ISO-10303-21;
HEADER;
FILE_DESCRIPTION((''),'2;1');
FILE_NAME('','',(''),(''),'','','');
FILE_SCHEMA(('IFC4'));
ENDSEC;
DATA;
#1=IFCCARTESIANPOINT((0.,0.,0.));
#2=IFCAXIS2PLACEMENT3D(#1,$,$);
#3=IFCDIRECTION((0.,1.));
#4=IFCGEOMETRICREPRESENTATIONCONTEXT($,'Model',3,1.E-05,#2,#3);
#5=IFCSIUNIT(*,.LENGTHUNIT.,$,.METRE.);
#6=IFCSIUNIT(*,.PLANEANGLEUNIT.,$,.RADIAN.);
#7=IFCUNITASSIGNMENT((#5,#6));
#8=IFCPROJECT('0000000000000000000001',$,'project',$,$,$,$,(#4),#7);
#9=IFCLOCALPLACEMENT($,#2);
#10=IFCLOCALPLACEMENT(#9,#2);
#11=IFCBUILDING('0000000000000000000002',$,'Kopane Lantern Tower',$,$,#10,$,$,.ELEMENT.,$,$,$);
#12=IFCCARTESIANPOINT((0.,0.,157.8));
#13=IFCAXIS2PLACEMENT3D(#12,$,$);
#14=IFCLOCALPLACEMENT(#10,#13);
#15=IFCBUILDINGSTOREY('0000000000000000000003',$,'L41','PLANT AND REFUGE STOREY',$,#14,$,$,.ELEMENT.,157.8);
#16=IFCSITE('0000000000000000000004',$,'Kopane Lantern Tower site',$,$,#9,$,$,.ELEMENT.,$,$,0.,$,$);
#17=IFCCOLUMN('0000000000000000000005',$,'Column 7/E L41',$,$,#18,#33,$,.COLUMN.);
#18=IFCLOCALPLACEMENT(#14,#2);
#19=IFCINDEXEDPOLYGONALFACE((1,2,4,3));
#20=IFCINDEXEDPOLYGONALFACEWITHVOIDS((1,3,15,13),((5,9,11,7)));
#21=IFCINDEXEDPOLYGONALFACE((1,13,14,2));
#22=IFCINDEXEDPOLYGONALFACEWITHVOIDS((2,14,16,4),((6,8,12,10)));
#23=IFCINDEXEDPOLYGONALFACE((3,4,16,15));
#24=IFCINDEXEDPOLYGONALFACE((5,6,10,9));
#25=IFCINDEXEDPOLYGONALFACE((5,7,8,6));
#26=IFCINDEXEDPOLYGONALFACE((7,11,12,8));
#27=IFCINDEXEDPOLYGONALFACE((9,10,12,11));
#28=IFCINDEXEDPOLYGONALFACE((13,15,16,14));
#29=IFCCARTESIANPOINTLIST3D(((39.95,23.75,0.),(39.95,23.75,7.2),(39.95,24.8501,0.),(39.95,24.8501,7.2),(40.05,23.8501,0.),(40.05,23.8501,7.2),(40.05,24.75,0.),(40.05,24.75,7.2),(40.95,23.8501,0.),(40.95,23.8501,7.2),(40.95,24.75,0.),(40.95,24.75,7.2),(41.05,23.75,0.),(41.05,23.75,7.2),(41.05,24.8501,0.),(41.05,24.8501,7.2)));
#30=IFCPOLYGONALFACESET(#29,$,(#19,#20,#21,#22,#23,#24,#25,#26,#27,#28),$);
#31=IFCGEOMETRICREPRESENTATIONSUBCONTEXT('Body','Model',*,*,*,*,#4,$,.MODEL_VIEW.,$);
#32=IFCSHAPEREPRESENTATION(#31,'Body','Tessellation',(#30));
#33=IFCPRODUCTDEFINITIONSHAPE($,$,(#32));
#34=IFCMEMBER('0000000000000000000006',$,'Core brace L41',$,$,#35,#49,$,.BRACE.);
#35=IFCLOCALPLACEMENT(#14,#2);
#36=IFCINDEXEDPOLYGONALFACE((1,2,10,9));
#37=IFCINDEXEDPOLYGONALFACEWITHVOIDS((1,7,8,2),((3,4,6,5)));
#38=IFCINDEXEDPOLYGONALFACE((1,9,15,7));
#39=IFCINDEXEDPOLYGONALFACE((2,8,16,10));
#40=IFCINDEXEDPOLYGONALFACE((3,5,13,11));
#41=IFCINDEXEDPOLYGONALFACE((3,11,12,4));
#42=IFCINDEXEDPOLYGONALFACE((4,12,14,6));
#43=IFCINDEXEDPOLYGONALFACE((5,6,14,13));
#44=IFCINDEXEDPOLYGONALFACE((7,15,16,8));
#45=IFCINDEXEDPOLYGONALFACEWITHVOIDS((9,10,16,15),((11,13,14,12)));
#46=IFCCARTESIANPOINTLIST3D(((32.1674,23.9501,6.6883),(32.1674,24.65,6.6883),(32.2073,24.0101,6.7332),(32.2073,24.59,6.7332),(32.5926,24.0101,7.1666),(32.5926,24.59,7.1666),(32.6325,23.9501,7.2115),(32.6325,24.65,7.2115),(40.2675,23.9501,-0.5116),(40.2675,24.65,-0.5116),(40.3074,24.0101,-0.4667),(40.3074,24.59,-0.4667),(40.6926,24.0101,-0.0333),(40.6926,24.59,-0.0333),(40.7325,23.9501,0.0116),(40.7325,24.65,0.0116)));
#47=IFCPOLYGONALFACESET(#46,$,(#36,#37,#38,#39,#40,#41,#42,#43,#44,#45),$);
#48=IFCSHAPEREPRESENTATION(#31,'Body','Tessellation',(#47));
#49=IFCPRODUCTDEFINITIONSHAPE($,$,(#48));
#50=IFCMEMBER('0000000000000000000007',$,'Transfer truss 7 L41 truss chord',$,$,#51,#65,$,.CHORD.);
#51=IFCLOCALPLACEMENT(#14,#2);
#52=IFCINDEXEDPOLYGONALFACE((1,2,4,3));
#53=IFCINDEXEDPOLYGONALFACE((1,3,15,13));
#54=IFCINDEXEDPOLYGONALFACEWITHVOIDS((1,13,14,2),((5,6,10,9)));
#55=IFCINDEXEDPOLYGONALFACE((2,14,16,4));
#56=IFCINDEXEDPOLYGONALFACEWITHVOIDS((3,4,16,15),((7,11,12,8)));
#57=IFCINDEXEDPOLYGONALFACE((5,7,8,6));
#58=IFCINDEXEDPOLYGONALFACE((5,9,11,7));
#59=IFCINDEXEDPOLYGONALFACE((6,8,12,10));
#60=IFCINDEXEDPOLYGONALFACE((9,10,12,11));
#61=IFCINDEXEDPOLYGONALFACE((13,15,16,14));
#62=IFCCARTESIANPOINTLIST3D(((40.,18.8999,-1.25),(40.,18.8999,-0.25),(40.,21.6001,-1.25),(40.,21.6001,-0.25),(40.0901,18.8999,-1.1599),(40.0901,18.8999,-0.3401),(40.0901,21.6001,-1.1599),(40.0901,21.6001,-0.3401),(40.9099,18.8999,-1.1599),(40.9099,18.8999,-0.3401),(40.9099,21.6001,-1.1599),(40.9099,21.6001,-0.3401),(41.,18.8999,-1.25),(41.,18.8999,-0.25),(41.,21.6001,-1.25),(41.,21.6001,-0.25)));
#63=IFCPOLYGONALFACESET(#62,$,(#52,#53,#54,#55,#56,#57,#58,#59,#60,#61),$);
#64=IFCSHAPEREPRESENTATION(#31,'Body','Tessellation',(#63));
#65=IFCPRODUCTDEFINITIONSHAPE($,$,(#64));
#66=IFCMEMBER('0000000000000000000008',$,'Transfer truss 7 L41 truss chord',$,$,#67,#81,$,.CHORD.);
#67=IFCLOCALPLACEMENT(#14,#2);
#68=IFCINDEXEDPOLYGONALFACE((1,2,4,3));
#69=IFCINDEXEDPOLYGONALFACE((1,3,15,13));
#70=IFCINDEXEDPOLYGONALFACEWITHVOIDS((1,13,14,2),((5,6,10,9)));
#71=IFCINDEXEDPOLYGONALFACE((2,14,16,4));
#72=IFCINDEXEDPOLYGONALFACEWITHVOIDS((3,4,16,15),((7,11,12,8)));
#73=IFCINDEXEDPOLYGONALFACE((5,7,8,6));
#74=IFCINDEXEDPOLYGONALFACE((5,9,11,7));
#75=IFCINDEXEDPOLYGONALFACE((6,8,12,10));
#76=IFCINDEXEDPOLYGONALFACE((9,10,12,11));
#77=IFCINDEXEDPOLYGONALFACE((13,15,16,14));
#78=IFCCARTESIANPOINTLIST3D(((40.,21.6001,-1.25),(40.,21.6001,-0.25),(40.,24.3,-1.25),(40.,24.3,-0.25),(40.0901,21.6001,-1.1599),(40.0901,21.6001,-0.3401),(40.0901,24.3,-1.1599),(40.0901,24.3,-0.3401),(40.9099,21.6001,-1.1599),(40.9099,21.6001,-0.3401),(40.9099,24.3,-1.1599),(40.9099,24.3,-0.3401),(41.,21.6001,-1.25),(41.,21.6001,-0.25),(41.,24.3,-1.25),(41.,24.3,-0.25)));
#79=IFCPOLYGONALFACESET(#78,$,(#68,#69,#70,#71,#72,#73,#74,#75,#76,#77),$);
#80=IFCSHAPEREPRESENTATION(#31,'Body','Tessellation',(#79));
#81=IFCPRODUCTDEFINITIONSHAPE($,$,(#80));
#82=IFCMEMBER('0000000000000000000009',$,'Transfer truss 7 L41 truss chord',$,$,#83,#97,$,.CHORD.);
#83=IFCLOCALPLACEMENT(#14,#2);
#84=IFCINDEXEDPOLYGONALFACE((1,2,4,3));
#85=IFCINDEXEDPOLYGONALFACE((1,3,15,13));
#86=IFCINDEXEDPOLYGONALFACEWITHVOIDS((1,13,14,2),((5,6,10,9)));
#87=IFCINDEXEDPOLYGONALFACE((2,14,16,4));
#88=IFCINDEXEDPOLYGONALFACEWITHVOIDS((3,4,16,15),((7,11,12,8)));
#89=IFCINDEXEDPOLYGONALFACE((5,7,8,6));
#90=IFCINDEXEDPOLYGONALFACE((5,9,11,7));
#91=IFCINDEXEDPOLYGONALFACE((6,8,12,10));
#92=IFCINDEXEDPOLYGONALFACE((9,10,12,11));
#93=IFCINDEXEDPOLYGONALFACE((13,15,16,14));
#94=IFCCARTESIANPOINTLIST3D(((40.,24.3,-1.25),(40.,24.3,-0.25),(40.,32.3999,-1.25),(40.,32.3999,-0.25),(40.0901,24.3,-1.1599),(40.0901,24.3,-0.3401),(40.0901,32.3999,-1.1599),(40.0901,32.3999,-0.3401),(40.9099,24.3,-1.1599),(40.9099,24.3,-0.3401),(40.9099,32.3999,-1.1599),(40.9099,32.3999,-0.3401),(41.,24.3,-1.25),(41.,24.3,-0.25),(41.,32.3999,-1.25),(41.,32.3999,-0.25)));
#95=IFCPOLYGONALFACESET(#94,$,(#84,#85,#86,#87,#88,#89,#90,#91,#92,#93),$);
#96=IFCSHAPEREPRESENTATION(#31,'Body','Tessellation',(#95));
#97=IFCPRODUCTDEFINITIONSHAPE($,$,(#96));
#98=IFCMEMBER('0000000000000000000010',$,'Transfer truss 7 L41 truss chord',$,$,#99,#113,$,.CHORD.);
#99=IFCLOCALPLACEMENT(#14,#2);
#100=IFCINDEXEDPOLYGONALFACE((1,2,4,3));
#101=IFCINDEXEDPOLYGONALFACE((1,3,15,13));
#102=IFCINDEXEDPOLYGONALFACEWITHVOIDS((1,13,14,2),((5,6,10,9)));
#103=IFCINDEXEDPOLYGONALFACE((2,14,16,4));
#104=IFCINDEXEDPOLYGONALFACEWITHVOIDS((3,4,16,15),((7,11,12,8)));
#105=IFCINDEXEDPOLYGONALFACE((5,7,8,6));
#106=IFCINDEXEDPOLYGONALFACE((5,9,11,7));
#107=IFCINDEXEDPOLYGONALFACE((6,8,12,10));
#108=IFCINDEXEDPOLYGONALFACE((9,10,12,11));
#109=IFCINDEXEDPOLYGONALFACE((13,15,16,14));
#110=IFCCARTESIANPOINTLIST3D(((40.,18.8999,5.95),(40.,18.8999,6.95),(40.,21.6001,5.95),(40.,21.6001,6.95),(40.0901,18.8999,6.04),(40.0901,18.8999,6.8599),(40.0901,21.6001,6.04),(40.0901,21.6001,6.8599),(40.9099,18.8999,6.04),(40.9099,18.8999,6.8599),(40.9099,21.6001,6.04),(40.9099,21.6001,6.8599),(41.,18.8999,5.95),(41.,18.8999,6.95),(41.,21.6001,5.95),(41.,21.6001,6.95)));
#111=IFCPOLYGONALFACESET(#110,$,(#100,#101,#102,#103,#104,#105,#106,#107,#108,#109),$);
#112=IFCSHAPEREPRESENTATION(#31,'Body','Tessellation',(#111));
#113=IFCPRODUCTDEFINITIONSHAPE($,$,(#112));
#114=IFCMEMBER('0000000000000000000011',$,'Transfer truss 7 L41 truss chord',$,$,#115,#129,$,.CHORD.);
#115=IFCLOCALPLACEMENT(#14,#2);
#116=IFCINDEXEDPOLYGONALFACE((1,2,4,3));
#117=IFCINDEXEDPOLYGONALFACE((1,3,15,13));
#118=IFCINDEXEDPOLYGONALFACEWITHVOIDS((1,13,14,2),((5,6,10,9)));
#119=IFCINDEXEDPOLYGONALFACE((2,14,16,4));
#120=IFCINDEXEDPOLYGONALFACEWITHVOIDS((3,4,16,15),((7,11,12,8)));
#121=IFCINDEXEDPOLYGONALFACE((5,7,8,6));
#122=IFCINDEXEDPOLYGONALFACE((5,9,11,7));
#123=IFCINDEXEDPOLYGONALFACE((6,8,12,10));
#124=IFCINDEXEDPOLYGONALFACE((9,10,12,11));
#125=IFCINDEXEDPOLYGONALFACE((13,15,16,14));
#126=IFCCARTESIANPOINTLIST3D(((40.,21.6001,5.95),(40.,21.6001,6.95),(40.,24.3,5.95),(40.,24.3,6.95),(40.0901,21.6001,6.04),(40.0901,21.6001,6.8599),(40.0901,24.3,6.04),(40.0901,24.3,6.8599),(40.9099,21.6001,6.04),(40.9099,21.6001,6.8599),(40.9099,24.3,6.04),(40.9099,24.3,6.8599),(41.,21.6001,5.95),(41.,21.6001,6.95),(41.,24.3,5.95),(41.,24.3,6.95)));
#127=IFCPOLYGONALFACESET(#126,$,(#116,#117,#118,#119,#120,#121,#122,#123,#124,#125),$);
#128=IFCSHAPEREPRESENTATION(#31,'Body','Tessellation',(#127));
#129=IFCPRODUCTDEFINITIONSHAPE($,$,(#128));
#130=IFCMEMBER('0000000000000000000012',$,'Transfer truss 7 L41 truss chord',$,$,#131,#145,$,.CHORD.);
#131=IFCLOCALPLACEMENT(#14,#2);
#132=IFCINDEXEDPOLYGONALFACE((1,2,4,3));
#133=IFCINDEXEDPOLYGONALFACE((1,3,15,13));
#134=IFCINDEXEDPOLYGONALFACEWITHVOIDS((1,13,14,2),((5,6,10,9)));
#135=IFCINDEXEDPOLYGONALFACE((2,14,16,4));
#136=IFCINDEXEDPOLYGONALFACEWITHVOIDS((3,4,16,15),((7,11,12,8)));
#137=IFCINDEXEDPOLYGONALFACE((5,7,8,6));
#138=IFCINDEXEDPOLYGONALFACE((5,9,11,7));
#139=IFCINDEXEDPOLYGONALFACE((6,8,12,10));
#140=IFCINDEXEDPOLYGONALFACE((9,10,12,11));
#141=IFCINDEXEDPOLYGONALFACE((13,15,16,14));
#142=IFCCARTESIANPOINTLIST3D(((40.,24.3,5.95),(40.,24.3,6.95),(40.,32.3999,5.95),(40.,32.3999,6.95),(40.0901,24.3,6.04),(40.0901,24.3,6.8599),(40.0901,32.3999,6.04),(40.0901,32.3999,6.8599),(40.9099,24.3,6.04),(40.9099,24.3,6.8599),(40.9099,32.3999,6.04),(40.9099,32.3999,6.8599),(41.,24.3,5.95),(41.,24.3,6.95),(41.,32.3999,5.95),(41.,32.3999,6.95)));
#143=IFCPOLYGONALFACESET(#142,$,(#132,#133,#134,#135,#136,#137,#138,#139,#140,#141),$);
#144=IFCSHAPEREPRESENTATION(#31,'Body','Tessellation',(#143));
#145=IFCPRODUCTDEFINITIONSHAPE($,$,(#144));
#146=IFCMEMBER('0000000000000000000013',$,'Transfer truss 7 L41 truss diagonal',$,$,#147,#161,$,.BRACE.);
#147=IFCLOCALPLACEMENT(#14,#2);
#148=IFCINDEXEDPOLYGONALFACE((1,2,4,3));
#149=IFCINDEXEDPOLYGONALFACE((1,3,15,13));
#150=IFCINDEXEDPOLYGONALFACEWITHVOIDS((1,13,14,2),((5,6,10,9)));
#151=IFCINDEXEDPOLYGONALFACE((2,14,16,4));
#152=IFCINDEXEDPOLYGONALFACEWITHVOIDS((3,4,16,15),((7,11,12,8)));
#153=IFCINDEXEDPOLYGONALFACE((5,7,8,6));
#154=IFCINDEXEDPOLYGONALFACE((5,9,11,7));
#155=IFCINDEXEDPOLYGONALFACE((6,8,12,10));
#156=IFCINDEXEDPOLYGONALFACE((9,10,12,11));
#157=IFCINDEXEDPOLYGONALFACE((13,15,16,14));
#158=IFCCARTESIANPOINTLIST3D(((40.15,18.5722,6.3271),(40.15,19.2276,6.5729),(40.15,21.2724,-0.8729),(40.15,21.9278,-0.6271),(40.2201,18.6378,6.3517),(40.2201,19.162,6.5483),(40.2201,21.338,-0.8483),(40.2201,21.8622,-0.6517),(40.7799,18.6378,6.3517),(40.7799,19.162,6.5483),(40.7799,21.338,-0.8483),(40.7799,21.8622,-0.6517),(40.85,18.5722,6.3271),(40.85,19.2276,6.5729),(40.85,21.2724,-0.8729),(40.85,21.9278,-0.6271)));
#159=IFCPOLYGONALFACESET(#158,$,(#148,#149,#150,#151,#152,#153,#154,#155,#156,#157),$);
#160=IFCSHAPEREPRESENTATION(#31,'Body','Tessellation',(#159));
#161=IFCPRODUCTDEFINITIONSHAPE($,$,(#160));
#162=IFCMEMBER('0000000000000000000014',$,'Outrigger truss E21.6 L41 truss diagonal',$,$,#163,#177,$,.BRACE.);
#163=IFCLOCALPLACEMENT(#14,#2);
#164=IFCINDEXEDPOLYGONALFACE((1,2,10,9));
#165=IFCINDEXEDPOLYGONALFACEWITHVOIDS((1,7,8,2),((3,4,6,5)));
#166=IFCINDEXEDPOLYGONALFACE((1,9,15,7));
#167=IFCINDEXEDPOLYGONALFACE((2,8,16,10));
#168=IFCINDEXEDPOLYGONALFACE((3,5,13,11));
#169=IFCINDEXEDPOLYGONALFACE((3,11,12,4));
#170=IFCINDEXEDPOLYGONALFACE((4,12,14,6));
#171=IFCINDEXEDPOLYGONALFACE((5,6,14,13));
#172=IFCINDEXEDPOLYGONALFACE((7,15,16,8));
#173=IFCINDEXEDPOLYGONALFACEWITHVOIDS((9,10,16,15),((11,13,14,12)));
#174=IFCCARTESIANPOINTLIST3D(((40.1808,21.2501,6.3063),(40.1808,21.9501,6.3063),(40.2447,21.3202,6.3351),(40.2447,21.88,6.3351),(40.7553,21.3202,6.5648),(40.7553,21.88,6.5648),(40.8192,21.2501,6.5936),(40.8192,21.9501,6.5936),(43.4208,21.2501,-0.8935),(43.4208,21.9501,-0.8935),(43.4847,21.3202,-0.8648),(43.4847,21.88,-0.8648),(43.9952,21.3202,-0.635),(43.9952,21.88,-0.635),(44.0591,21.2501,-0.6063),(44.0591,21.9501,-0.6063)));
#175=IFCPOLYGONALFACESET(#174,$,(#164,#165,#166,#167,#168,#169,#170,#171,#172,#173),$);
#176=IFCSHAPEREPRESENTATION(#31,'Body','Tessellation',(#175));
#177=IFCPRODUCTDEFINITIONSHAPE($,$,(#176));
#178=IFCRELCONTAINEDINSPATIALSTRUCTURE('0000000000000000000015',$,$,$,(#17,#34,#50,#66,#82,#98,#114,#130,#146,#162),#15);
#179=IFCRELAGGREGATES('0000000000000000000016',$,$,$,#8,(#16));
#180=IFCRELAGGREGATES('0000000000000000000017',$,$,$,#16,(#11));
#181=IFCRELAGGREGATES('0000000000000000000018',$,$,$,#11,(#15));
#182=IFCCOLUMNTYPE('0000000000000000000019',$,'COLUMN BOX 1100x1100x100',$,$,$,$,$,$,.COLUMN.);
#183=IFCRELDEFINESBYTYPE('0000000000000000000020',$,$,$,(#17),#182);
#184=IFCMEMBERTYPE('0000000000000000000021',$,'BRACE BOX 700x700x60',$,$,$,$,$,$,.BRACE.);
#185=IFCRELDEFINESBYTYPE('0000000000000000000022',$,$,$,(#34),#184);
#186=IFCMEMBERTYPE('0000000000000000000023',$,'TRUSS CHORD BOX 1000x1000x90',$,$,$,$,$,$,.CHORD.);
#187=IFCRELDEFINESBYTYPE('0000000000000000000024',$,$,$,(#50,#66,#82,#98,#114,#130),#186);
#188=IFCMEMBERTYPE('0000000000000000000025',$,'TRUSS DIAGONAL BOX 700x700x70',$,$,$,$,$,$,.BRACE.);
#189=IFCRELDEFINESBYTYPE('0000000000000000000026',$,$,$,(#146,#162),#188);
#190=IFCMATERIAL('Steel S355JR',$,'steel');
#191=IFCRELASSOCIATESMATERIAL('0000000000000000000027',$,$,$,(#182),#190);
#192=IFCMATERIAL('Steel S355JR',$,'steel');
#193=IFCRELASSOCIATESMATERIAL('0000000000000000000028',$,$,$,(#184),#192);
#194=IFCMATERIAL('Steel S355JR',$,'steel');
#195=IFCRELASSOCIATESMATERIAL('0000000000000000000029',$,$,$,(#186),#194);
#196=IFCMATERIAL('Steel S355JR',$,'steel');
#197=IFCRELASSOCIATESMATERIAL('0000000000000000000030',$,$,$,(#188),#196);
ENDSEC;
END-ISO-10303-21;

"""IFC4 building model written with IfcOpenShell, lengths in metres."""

from ifc_helpers import new_model, si_unit, direction, frame, origin, origin_2d, place, context, subcontext, project, spatial, hollow_rectangle, extrude, material, material_profile, profile_set, type_object, element, save


model = new_model("IFC4")

# Units and contexts
model_context = context("Model", 3, precision=1e-05, world=origin(), true_north=direction((0.0, 1.0)))
body_context = subcontext(model_context, "Body", "Model", "MODEL_VIEW")
ifc_project = project(units=[si_unit("LENGTHUNIT", "METRE"), si_unit("PLANEANGLEUNIT", "RADIAN")], contexts=[model_context])

# Site, building, storey
site_placement = place(None, origin())
site = spatial("IfcSite", under=ifc_project, at=site_placement, Name="Kopane Lantern Tower site", CompositionType="ELEMENT", RefElevation=0.0)
building_placement = place(site_placement, origin())
building = spatial("IfcBuilding", under=site, at=building_placement, Name="Kopane Lantern Tower", CompositionType="ELEMENT")
storey_placement = place(building_placement, frame((0.0, 0.0, 157.8)))
storey = spatial("IfcBuildingStorey", under=building, at=storey_placement, Name="L41", Description="PLANT AND REFUGE STOREY", CompositionType="ELEMENT", Elevation=157.8)

# Column
ifc_material_1 = material(Name="Steel S355JR", Category="steel")
ifc_material_profile_1 = material_profile(ifc_material_1, hollow_rectangle(XDim=1.1001, YDim=1.1001, WallThickness=0.1001, at=origin_2d()), Name="BOX 1100x1100x100")
ifc_profile_set_1 = profile_set([ifc_material_profile_1], Name="Steel S355JR")
column_type = type_object("IfcColumnType", Name="COLUMN BOX 1100x1100x100", PredefinedType="COLUMN", material=ifc_profile_set_1)
column_placement = place(storey_placement, frame((40.5, 24.3, 0.0), z_axis=(0.0, 0.0, 1.0), x_axis=(1.0, 0.0, 0.0)))
element("IfcColumn", 1, at=column_placement, inside=storey, type_object=column_type, Name="Column 7/E L41", PredefinedType="COLUMN", context=body_context, shape_type="SweptSolid", body=[
    extrude(hollow_rectangle(XDim=1.1001, YDim=1.1001, WallThickness=0.1001, at=origin_2d()), origin(), (0.0, 0.0, 1.0), 7.2),
])

# Members
ifc_material_2 = material(Name="Steel S355JR", Category="steel")
ifc_material_profile_2 = material_profile(ifc_material_2, hollow_rectangle(XDim=0.7, YDim=0.7, WallThickness=0.0601, at=origin_2d()), Name="BOX 700x700x60")
ifc_profile_set_2 = profile_set([ifc_material_profile_2], Name="Steel S355JR")
member_type_1 = type_object("IfcMemberType", Name="BRACE BOX 700x700x60", PredefinedType="BRACE", material=ifc_profile_set_2)
member_1_placement = place(storey_placement, frame((40.5, 24.3, -0.25), z_axis=(-0.747416, 0.0, 0.664357), x_axis=(0.0, -1.0, 0.0)))
element("IfcMember", 2, at=member_1_placement, inside=storey, type_object=member_type_1, Name="Core brace L41", PredefinedType="BRACE", context=body_context, shape_type="SweptSolid", body=[
    extrude(hollow_rectangle(XDim=0.7, YDim=0.7, WallThickness=0.0601, at=origin_2d()), origin(), (0.0, 0.0, 1.0), 10.8374),
])
ifc_material_3 = material(Name="Steel S355JR", Category="steel")
ifc_material_profile_3 = material_profile(ifc_material_3, hollow_rectangle(XDim=1.0, YDim=1.0, WallThickness=0.0901, at=origin_2d()), Name="BOX 1000x1000x90")
ifc_profile_set_3 = profile_set([ifc_material_profile_3], Name="Steel S355JR")
member_type_2 = type_object("IfcMemberType", Name="TRUSS CHORD BOX 1000x1000x90", PredefinedType="CHORD", material=ifc_profile_set_3)
member_2_placement = place(storey_placement, frame((40.5, 18.8999, -0.75), z_axis=(0.0, 1.0, 0.0), x_axis=(-1.0, 0.0, 0.0)))
element("IfcMember", 3, at=member_2_placement, inside=storey, type_object=member_type_2, Name="Transfer truss 7 L41 truss chord", PredefinedType="CHORD", context=body_context, shape_type="SweptSolid", body=[
    extrude(hollow_rectangle(XDim=1.0, YDim=1.0, WallThickness=0.0901, at=origin_2d()), origin(), (0.0, 0.0, 1.0), 2.7002),
])
member_3_placement = place(storey_placement, frame((40.5, 21.6001, -0.75), z_axis=(0.0, 1.0, 0.0), x_axis=(-1.0, 0.0, 0.0)))
element("IfcMember", 4, at=member_3_placement, inside=storey, type_object=member_type_2, Name="Transfer truss 7 L41 truss chord", PredefinedType="CHORD", context=body_context, shape_type="SweptSolid", body=[
    extrude(hollow_rectangle(XDim=1.0, YDim=1.0, WallThickness=0.0901, at=origin_2d()), origin(), (0.0, 0.0, 1.0), 2.7),
])
member_4_placement = place(storey_placement, frame((40.5, 24.3, -0.75), z_axis=(0.0, 1.0, 0.0), x_axis=(-1.0, 0.0, 0.0)))
element("IfcMember", 5, at=member_4_placement, inside=storey, type_object=member_type_2, Name="Transfer truss 7 L41 truss chord", PredefinedType="CHORD", context=body_context, shape_type="SweptSolid", body=[
    extrude(hollow_rectangle(XDim=1.0, YDim=1.0, WallThickness=0.0901, at=origin_2d()), origin(), (0.0, 0.0, 1.0), 8.0999),
])
member_5_placement = place(storey_placement, frame((40.5, 18.8999, 6.45), z_axis=(0.0, 1.0, 0.0), x_axis=(-1.0, 0.0, 0.0)))
element("IfcMember", 6, at=member_5_placement, inside=storey, type_object=member_type_2, Name="Transfer truss 7 L41 truss chord", PredefinedType="CHORD", context=body_context, shape_type="SweptSolid", body=[
    extrude(hollow_rectangle(XDim=1.0, YDim=1.0, WallThickness=0.0901, at=origin_2d()), origin(), (0.0, 0.0, 1.0), 2.7002),
])
member_6_placement = place(storey_placement, frame((40.5, 21.6001, 6.45), z_axis=(0.0, 1.0, 0.0), x_axis=(-1.0, 0.0, 0.0)))
element("IfcMember", 7, at=member_6_placement, inside=storey, type_object=member_type_2, Name="Transfer truss 7 L41 truss chord", PredefinedType="CHORD", context=body_context, shape_type="SweptSolid", body=[
    extrude(hollow_rectangle(XDim=1.0, YDim=1.0, WallThickness=0.0901, at=origin_2d()), origin(), (0.0, 0.0, 1.0), 2.7),
])
member_7_placement = place(storey_placement, frame((40.5, 24.3, 6.45), z_axis=(0.0, 1.0, 0.0), x_axis=(-1.0, 0.0, 0.0)))
element("IfcMember", 8, at=member_7_placement, inside=storey, type_object=member_type_2, Name="Transfer truss 7 L41 truss chord", PredefinedType="CHORD", context=body_context, shape_type="SweptSolid", body=[
    extrude(hollow_rectangle(XDim=1.0, YDim=1.0, WallThickness=0.0901, at=origin_2d()), origin(), (0.0, 0.0, 1.0), 8.0999),
])
ifc_material_4 = material(Name="Steel S355JR", Category="steel")
ifc_material_profile_4 = material_profile(ifc_material_4, hollow_rectangle(XDim=0.7, YDim=0.7, WallThickness=0.0701, at=origin_2d()), Name="BOX 700x700x70")
ifc_profile_set_4 = profile_set([ifc_material_profile_4], Name="Steel S355JR")
member_type_3 = type_object("IfcMemberType", Name="TRUSS DIAGONAL BOX 700x700x70", PredefinedType="BRACE", material=ifc_profile_set_4)
member_8_placement = place(storey_placement, frame((40.5, 21.6001, -0.75), z_axis=(0.0, -0.351148, 0.93632), x_axis=(1.0, 0.0, 0.0)))
element("IfcMember", 9, at=member_8_placement, inside=storey, type_object=member_type_3, Name="Transfer truss 7 L41 truss diagonal", PredefinedType="BRACE", context=body_context, shape_type="SweptSolid", body=[
    extrude(hollow_rectangle(XDim=0.7, YDim=0.7, WallThickness=0.0701, at=origin_2d()), origin(), (0.0, 0.0, 1.0), 7.6897),
])
member_9_placement = place(storey_placement, frame((40.5, 21.6001, 6.45), z_axis=(0.410366, 0.0, -0.911921), x_axis=(0.0, 1.0, 0.0)))
element("IfcMember", 10, at=member_9_placement, inside=storey, type_object=member_type_3, Name="Outrigger truss E21.6 L41 truss diagonal", PredefinedType="BRACE", context=body_context, shape_type="SweptSolid", body=[
    extrude(hollow_rectangle(XDim=0.7, YDim=0.7, WallThickness=0.0701, at=origin_2d()), origin(), (0.0, 0.0, 1.0), 7.8953),
])

save(model, "model.ifc")
